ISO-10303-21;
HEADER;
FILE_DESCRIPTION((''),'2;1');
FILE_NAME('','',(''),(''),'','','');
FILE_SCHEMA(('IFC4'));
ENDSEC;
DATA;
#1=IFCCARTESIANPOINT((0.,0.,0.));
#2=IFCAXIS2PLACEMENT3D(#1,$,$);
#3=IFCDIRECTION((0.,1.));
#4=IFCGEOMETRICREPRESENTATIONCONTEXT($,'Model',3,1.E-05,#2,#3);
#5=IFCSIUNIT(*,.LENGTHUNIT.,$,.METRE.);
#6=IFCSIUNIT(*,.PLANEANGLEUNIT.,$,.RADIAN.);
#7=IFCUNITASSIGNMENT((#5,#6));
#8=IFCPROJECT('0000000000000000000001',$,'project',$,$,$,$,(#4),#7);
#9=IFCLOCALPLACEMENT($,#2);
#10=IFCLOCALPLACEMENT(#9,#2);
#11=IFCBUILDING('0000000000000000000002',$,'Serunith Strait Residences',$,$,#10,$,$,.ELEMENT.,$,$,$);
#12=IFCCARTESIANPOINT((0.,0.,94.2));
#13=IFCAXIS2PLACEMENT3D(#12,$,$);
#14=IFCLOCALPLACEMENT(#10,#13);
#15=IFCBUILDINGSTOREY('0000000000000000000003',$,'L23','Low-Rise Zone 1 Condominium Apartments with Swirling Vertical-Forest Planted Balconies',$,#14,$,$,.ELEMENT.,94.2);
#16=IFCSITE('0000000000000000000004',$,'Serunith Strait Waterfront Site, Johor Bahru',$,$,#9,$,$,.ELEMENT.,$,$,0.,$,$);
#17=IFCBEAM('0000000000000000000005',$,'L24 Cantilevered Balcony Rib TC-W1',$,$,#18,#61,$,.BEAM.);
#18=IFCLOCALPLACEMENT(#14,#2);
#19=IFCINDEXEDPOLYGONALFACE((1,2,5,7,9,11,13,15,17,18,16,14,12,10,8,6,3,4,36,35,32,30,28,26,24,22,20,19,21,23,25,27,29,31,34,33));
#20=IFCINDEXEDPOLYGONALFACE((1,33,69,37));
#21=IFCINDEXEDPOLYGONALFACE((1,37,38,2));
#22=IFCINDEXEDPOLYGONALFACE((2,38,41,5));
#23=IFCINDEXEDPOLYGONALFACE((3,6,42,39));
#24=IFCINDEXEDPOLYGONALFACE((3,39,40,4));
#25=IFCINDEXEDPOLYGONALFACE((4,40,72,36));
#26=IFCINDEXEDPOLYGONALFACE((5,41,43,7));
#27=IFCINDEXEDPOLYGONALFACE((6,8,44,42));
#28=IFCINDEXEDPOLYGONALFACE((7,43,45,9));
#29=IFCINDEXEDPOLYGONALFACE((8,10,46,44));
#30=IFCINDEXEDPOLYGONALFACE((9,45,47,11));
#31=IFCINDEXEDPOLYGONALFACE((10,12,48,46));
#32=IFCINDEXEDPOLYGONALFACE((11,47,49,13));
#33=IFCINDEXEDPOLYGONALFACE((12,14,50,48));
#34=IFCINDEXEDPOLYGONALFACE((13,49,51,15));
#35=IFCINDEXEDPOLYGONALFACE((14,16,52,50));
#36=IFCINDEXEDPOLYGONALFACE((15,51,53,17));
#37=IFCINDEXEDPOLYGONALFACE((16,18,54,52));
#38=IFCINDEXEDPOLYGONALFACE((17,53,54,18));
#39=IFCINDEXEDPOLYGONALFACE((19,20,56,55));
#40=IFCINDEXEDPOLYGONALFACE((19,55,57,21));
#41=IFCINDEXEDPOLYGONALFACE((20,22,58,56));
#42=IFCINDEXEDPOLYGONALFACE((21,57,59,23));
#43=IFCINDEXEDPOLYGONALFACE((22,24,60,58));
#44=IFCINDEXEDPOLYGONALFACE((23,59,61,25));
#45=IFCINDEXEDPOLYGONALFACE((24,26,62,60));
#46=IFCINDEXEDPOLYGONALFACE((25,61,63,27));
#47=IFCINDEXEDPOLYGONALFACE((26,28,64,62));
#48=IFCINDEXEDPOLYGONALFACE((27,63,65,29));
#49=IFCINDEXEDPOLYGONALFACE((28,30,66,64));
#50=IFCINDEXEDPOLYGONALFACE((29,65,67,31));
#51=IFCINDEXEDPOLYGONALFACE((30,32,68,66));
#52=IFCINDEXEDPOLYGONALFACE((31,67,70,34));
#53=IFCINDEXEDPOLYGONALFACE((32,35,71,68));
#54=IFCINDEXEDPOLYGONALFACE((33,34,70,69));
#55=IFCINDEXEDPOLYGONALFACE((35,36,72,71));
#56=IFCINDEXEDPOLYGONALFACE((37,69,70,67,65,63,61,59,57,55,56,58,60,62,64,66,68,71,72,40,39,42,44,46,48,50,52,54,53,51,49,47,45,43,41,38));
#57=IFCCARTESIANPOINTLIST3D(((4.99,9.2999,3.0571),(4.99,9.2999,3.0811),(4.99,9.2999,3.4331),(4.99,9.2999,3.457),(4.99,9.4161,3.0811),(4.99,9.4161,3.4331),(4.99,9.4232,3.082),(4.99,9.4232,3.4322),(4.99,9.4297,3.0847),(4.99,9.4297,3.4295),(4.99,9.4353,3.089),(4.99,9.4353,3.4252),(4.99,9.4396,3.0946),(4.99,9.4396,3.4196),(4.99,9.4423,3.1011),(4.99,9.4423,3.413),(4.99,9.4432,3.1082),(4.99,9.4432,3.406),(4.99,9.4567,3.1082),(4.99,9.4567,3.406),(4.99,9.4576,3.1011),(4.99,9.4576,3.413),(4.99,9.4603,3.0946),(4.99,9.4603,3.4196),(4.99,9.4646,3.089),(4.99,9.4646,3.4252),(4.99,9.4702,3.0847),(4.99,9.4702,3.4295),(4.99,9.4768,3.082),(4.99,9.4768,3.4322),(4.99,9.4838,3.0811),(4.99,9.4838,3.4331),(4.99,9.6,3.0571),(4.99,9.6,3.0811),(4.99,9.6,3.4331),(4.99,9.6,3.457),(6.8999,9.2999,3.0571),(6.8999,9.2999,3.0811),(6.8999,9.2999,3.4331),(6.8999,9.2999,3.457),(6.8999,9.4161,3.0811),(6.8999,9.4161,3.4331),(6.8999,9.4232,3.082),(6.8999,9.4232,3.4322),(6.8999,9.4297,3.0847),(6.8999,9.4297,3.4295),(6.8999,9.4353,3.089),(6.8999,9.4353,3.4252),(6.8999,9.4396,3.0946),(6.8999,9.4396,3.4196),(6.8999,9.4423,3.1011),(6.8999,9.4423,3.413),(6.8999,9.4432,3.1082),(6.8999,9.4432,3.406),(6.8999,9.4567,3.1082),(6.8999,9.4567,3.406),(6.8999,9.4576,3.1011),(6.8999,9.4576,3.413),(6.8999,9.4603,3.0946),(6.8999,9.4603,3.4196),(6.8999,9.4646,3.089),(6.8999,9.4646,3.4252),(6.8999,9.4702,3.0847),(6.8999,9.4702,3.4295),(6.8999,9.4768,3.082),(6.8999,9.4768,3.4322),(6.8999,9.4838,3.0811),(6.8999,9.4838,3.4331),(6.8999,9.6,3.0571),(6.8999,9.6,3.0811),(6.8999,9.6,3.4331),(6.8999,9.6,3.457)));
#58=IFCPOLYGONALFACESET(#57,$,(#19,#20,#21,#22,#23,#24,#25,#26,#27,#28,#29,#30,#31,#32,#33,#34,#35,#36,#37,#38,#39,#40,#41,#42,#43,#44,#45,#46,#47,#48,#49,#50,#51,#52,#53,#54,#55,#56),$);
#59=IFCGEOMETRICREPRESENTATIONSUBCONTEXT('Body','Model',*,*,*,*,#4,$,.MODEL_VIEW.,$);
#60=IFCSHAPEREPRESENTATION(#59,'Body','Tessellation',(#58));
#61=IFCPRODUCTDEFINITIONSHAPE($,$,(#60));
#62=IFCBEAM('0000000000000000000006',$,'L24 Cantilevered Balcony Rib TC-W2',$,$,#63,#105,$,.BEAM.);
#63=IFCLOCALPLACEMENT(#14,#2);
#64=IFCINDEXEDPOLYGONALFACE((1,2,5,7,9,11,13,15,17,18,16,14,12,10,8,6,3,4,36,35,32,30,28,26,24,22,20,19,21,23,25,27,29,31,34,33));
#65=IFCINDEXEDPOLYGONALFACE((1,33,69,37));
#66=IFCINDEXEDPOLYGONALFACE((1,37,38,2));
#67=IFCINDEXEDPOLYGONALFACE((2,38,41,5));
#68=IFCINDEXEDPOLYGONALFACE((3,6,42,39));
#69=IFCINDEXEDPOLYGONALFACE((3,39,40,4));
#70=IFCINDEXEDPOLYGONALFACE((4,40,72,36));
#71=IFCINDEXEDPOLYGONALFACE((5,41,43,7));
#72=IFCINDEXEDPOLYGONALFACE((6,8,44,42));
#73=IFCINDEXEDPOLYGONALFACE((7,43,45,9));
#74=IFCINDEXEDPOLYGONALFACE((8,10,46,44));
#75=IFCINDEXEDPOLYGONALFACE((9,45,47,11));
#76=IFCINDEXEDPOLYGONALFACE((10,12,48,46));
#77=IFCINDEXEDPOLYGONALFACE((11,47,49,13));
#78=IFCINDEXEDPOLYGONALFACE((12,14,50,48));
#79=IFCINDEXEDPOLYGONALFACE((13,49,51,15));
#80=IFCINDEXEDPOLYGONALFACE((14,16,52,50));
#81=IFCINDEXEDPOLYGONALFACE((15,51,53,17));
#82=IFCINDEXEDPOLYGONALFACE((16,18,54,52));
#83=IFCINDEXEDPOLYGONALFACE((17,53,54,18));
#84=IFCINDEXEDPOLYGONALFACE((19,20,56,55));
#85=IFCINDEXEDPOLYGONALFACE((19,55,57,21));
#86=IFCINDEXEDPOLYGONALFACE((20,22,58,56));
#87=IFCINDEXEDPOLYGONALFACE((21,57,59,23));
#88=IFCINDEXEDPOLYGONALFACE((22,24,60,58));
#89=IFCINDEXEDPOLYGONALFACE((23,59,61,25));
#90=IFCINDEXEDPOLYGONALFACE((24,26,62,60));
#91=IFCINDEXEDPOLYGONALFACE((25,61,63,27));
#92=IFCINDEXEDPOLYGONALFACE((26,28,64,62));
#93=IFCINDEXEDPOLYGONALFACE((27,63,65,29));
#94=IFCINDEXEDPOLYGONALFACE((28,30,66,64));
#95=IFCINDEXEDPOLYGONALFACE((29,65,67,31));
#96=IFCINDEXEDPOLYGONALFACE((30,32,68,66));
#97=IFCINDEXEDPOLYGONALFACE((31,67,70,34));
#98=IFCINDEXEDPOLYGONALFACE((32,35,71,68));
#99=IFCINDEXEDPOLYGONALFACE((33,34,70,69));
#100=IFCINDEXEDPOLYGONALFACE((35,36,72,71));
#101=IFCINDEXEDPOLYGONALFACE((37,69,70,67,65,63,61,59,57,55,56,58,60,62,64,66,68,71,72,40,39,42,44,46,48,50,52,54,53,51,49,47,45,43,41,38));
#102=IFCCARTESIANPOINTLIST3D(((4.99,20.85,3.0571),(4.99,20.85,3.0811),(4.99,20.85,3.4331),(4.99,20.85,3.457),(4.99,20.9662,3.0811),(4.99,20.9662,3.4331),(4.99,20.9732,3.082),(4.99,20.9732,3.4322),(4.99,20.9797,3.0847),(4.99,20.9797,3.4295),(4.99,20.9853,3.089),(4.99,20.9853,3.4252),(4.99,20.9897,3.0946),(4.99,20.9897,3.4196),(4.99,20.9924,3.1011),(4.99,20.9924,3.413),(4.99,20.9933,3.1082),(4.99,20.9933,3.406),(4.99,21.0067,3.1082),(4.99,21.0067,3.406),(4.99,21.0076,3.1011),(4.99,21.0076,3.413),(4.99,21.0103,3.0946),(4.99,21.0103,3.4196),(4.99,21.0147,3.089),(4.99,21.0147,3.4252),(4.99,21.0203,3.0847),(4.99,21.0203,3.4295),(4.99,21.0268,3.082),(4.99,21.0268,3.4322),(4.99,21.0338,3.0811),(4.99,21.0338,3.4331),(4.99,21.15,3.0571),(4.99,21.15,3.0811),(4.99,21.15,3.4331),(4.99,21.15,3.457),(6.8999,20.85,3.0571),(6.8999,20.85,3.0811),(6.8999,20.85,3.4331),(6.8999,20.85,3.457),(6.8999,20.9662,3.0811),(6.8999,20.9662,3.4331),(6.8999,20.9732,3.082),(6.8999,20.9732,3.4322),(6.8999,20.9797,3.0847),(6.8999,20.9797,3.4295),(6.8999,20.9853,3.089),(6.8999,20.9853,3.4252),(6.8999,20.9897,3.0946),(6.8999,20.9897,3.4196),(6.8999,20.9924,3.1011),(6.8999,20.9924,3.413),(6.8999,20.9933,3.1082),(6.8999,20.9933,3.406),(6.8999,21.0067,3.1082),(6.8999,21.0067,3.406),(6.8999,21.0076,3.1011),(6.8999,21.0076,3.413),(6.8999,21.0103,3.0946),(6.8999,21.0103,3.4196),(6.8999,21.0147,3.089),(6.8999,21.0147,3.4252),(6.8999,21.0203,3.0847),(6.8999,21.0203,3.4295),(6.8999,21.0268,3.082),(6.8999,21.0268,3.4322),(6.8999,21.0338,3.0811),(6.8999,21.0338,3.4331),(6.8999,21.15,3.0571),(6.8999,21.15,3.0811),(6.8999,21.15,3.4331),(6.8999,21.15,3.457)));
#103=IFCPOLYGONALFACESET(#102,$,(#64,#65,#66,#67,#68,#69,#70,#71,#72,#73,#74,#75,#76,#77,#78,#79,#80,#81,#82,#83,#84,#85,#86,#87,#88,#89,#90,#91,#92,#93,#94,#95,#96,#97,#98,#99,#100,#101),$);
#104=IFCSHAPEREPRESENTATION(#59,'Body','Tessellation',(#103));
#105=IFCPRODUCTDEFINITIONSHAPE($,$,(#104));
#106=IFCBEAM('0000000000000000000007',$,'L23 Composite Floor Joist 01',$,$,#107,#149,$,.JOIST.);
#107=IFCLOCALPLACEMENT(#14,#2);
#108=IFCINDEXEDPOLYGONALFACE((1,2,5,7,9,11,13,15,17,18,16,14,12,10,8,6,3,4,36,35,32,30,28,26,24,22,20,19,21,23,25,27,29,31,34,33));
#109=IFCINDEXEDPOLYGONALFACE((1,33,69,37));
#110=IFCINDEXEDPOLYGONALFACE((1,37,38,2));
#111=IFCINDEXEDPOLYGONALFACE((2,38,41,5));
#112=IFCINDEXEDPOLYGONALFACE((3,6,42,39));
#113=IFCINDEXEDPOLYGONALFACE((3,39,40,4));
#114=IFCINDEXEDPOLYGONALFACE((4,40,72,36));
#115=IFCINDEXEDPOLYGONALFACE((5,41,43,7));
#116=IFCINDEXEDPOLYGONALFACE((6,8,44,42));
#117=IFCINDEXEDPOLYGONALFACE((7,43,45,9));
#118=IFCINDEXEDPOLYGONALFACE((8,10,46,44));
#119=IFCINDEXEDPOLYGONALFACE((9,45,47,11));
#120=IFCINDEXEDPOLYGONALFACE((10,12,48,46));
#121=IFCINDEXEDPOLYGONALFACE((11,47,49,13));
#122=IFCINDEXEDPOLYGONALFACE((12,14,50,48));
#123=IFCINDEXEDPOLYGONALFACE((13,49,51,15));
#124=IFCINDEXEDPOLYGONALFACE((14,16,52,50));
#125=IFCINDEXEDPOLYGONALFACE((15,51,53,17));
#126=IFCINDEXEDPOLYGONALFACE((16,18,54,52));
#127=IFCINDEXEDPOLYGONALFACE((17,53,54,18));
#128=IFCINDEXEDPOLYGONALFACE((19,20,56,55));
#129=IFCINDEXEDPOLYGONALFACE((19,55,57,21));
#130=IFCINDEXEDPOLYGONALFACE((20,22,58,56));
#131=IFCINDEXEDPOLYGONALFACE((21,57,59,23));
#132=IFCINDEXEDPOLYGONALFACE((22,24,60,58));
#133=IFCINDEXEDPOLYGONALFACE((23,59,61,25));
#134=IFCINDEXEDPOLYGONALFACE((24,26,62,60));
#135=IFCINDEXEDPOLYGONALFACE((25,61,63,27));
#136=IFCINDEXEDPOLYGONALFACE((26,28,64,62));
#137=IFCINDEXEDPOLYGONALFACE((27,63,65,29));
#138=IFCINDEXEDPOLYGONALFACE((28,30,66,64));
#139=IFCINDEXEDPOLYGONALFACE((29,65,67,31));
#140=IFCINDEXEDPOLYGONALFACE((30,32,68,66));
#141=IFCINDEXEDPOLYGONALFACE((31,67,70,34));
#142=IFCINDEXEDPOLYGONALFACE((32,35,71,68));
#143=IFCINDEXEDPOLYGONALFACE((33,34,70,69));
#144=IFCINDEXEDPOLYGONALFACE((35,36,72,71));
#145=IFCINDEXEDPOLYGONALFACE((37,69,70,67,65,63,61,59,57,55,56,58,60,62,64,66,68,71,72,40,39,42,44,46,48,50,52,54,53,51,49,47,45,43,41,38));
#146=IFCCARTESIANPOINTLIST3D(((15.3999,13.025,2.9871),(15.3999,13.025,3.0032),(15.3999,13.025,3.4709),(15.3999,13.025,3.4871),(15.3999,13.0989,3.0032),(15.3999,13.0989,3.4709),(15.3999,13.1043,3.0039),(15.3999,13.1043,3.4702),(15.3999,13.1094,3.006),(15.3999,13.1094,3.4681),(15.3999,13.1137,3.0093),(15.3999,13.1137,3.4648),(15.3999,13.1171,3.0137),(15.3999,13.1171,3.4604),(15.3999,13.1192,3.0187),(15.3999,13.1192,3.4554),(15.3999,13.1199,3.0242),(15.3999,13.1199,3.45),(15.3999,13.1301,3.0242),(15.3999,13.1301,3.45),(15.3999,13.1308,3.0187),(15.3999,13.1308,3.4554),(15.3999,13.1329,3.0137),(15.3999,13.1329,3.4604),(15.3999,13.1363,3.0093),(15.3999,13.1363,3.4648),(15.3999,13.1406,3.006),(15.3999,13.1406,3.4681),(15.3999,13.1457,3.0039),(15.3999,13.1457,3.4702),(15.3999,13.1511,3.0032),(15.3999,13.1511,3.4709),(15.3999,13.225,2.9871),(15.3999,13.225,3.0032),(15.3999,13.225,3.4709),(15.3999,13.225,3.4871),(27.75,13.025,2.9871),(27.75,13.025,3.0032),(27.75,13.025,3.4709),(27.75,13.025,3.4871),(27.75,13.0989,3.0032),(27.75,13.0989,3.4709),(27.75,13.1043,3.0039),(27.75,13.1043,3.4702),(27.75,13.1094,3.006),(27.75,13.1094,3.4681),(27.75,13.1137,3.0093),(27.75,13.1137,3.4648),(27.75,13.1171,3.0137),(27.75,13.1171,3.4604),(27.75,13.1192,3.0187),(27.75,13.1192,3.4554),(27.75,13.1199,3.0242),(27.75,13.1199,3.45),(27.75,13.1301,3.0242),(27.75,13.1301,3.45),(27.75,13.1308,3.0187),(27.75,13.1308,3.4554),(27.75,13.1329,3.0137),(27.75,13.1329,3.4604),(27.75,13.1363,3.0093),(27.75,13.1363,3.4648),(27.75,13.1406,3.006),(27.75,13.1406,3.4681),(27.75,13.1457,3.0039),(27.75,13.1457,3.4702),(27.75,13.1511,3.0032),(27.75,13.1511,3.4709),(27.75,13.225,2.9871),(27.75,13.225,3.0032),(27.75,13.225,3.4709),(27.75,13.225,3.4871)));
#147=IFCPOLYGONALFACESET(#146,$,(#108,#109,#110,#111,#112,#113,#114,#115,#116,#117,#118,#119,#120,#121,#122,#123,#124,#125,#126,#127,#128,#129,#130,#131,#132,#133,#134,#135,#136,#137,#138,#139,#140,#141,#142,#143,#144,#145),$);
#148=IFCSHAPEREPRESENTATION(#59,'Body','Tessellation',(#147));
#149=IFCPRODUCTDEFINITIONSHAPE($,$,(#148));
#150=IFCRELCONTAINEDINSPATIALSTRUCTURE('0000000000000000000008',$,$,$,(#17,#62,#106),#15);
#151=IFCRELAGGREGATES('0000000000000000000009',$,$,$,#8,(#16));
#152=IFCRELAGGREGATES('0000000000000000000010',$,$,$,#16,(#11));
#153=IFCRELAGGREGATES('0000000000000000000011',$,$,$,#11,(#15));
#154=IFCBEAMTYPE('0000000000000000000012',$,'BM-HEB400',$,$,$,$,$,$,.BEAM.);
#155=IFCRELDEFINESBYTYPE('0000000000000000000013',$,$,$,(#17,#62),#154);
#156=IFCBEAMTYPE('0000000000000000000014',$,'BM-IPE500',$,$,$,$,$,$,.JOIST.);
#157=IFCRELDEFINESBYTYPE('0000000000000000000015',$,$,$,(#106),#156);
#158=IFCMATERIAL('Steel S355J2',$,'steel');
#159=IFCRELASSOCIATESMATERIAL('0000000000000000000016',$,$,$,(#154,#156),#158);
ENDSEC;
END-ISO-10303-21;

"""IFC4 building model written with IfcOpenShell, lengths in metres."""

from ifc_helpers import new_model, si_unit, direction, frame, origin, origin_2d, place, context, subcontext, project, spatial, i_section, extrude, source, transform, mapped, material, material_profile, profile_set, type_object, element, save


model = new_model("IFC4")

# Units and contexts
model_context = context("Model", 3, precision=1e-05, world=origin(), true_north=direction((0.0, 1.0)))
body_context = subcontext(model_context, "Body", "Model", "MODEL_VIEW")
ifc_project = project(units=[si_unit("LENGTHUNIT", "METRE"), si_unit("PLANEANGLEUNIT", "RADIAN")], contexts=[model_context])

# Site, building, storey
site_placement = place(None, origin())
site = spatial("IfcSite", under=ifc_project, at=site_placement, Name="Serunith Strait Waterfront Site, Johor Bahru", CompositionType="ELEMENT", RefElevation=0.0)
building_placement = place(site_placement, origin())
building = spatial("IfcBuilding", under=site, at=building_placement, Name="Serunith Strait Residences", CompositionType="ELEMENT")
storey_placement = place(building_placement, frame((0.0, 0.0, 94.2)))
storey = spatial("IfcBuildingStorey", under=building, at=storey_placement, Name="L23", Description="Low-Rise Zone 1 Condominium Apartments with Swirling Vertical-Forest Planted Balconies", CompositionType="ELEMENT", Elevation=94.2)

# Beams
ifc_material_1 = material(Name="Steel S355J2", Category="steel")
ifc_material_profile_1 = material_profile(ifc_material_1, i_section(OverallWidth=0.3, OverallDepth=0.3999, WebThickness=0.0134, FlangeThickness=0.0239, FilletRadius=0.0271, at=origin_2d()), Name="HEB 400")
ifc_profile_set_1 = profile_set([ifc_material_profile_1], Name="Steel S355J2")
beam_type_1 = type_object("IfcBeamType", Name="BM-HEB400", PredefinedType="BEAM", material=ifc_profile_set_1)
shared_shape_1 = source(origin(), body_context, "Body", "SweptSolid", [
    extrude(i_section(OverallWidth=0.3, OverallDepth=0.3999, WebThickness=0.0134, FlangeThickness=0.0239, FilletRadius=0.0271, at=origin_2d()), origin(), (0.0, 0.0, 1.0), 1.9099),
])
for number, where, z_axis, x_axis, name in (
    (1, (6.8999, 9.45, 3.2571), (-1.0, 0.0, 0.0), (0.0, -1.0, 0.0), "L24 Cantilevered Balcony Rib TC-W1"),
    (2, (6.8999, 21.0, 3.2571), (-1.0, 0.0, 0.0), (0.0, -1.0, 0.0), "L24 Cantilevered Balcony Rib TC-W2"),
):
    element("IfcBeam", number, at=place(storey_placement, frame(where, z_axis=z_axis, x_axis=x_axis)), inside=storey, type_object=beam_type_1, Name=name, PredefinedType="BEAM", context=body_context, shape_type="MappedRepresentation", body=[
        mapped(shared_shape_1, transform((0.0, 0.0, 0.0), scale=1.0)),
    ])
ifc_material_profile_2 = material_profile(ifc_material_1, i_section(OverallWidth=0.2, OverallDepth=0.5, WebThickness=0.0103, FlangeThickness=0.0161, FilletRadius=0.021, at=origin_2d()), Name="IPE 500")
ifc_profile_set_2 = profile_set([ifc_material_profile_2], Name="Steel S355J2")
beam_type_2 = type_object("IfcBeamType", Name="BM-IPE500", PredefinedType="JOIST", material=ifc_profile_set_2)
shared_shape_2 = source(origin(), body_context, "Body", "SweptSolid", [
    extrude(i_section(OverallWidth=0.2, OverallDepth=0.5, WebThickness=0.0103, FlangeThickness=0.0161, FilletRadius=0.021, at=origin_2d()), origin(), (0.0, 0.0, 1.0), 12.3501),
])
beam_1_placement = place(storey_placement, frame((15.3999, 13.125, 3.2371), z_axis=(1.0, 0.0, 0.0), x_axis=(0.0, 1.0, 0.0)))
element("IfcBeam", 3, at=beam_1_placement, inside=storey, type_object=beam_type_2, Name="L23 Composite Floor Joist 01", PredefinedType="JOIST", context=body_context, shape_type="MappedRepresentation", body=[
    mapped(shared_shape_2, transform((0.0, 0.0, 0.0), scale=1.0)),
])

save(model, "model.ifc")
